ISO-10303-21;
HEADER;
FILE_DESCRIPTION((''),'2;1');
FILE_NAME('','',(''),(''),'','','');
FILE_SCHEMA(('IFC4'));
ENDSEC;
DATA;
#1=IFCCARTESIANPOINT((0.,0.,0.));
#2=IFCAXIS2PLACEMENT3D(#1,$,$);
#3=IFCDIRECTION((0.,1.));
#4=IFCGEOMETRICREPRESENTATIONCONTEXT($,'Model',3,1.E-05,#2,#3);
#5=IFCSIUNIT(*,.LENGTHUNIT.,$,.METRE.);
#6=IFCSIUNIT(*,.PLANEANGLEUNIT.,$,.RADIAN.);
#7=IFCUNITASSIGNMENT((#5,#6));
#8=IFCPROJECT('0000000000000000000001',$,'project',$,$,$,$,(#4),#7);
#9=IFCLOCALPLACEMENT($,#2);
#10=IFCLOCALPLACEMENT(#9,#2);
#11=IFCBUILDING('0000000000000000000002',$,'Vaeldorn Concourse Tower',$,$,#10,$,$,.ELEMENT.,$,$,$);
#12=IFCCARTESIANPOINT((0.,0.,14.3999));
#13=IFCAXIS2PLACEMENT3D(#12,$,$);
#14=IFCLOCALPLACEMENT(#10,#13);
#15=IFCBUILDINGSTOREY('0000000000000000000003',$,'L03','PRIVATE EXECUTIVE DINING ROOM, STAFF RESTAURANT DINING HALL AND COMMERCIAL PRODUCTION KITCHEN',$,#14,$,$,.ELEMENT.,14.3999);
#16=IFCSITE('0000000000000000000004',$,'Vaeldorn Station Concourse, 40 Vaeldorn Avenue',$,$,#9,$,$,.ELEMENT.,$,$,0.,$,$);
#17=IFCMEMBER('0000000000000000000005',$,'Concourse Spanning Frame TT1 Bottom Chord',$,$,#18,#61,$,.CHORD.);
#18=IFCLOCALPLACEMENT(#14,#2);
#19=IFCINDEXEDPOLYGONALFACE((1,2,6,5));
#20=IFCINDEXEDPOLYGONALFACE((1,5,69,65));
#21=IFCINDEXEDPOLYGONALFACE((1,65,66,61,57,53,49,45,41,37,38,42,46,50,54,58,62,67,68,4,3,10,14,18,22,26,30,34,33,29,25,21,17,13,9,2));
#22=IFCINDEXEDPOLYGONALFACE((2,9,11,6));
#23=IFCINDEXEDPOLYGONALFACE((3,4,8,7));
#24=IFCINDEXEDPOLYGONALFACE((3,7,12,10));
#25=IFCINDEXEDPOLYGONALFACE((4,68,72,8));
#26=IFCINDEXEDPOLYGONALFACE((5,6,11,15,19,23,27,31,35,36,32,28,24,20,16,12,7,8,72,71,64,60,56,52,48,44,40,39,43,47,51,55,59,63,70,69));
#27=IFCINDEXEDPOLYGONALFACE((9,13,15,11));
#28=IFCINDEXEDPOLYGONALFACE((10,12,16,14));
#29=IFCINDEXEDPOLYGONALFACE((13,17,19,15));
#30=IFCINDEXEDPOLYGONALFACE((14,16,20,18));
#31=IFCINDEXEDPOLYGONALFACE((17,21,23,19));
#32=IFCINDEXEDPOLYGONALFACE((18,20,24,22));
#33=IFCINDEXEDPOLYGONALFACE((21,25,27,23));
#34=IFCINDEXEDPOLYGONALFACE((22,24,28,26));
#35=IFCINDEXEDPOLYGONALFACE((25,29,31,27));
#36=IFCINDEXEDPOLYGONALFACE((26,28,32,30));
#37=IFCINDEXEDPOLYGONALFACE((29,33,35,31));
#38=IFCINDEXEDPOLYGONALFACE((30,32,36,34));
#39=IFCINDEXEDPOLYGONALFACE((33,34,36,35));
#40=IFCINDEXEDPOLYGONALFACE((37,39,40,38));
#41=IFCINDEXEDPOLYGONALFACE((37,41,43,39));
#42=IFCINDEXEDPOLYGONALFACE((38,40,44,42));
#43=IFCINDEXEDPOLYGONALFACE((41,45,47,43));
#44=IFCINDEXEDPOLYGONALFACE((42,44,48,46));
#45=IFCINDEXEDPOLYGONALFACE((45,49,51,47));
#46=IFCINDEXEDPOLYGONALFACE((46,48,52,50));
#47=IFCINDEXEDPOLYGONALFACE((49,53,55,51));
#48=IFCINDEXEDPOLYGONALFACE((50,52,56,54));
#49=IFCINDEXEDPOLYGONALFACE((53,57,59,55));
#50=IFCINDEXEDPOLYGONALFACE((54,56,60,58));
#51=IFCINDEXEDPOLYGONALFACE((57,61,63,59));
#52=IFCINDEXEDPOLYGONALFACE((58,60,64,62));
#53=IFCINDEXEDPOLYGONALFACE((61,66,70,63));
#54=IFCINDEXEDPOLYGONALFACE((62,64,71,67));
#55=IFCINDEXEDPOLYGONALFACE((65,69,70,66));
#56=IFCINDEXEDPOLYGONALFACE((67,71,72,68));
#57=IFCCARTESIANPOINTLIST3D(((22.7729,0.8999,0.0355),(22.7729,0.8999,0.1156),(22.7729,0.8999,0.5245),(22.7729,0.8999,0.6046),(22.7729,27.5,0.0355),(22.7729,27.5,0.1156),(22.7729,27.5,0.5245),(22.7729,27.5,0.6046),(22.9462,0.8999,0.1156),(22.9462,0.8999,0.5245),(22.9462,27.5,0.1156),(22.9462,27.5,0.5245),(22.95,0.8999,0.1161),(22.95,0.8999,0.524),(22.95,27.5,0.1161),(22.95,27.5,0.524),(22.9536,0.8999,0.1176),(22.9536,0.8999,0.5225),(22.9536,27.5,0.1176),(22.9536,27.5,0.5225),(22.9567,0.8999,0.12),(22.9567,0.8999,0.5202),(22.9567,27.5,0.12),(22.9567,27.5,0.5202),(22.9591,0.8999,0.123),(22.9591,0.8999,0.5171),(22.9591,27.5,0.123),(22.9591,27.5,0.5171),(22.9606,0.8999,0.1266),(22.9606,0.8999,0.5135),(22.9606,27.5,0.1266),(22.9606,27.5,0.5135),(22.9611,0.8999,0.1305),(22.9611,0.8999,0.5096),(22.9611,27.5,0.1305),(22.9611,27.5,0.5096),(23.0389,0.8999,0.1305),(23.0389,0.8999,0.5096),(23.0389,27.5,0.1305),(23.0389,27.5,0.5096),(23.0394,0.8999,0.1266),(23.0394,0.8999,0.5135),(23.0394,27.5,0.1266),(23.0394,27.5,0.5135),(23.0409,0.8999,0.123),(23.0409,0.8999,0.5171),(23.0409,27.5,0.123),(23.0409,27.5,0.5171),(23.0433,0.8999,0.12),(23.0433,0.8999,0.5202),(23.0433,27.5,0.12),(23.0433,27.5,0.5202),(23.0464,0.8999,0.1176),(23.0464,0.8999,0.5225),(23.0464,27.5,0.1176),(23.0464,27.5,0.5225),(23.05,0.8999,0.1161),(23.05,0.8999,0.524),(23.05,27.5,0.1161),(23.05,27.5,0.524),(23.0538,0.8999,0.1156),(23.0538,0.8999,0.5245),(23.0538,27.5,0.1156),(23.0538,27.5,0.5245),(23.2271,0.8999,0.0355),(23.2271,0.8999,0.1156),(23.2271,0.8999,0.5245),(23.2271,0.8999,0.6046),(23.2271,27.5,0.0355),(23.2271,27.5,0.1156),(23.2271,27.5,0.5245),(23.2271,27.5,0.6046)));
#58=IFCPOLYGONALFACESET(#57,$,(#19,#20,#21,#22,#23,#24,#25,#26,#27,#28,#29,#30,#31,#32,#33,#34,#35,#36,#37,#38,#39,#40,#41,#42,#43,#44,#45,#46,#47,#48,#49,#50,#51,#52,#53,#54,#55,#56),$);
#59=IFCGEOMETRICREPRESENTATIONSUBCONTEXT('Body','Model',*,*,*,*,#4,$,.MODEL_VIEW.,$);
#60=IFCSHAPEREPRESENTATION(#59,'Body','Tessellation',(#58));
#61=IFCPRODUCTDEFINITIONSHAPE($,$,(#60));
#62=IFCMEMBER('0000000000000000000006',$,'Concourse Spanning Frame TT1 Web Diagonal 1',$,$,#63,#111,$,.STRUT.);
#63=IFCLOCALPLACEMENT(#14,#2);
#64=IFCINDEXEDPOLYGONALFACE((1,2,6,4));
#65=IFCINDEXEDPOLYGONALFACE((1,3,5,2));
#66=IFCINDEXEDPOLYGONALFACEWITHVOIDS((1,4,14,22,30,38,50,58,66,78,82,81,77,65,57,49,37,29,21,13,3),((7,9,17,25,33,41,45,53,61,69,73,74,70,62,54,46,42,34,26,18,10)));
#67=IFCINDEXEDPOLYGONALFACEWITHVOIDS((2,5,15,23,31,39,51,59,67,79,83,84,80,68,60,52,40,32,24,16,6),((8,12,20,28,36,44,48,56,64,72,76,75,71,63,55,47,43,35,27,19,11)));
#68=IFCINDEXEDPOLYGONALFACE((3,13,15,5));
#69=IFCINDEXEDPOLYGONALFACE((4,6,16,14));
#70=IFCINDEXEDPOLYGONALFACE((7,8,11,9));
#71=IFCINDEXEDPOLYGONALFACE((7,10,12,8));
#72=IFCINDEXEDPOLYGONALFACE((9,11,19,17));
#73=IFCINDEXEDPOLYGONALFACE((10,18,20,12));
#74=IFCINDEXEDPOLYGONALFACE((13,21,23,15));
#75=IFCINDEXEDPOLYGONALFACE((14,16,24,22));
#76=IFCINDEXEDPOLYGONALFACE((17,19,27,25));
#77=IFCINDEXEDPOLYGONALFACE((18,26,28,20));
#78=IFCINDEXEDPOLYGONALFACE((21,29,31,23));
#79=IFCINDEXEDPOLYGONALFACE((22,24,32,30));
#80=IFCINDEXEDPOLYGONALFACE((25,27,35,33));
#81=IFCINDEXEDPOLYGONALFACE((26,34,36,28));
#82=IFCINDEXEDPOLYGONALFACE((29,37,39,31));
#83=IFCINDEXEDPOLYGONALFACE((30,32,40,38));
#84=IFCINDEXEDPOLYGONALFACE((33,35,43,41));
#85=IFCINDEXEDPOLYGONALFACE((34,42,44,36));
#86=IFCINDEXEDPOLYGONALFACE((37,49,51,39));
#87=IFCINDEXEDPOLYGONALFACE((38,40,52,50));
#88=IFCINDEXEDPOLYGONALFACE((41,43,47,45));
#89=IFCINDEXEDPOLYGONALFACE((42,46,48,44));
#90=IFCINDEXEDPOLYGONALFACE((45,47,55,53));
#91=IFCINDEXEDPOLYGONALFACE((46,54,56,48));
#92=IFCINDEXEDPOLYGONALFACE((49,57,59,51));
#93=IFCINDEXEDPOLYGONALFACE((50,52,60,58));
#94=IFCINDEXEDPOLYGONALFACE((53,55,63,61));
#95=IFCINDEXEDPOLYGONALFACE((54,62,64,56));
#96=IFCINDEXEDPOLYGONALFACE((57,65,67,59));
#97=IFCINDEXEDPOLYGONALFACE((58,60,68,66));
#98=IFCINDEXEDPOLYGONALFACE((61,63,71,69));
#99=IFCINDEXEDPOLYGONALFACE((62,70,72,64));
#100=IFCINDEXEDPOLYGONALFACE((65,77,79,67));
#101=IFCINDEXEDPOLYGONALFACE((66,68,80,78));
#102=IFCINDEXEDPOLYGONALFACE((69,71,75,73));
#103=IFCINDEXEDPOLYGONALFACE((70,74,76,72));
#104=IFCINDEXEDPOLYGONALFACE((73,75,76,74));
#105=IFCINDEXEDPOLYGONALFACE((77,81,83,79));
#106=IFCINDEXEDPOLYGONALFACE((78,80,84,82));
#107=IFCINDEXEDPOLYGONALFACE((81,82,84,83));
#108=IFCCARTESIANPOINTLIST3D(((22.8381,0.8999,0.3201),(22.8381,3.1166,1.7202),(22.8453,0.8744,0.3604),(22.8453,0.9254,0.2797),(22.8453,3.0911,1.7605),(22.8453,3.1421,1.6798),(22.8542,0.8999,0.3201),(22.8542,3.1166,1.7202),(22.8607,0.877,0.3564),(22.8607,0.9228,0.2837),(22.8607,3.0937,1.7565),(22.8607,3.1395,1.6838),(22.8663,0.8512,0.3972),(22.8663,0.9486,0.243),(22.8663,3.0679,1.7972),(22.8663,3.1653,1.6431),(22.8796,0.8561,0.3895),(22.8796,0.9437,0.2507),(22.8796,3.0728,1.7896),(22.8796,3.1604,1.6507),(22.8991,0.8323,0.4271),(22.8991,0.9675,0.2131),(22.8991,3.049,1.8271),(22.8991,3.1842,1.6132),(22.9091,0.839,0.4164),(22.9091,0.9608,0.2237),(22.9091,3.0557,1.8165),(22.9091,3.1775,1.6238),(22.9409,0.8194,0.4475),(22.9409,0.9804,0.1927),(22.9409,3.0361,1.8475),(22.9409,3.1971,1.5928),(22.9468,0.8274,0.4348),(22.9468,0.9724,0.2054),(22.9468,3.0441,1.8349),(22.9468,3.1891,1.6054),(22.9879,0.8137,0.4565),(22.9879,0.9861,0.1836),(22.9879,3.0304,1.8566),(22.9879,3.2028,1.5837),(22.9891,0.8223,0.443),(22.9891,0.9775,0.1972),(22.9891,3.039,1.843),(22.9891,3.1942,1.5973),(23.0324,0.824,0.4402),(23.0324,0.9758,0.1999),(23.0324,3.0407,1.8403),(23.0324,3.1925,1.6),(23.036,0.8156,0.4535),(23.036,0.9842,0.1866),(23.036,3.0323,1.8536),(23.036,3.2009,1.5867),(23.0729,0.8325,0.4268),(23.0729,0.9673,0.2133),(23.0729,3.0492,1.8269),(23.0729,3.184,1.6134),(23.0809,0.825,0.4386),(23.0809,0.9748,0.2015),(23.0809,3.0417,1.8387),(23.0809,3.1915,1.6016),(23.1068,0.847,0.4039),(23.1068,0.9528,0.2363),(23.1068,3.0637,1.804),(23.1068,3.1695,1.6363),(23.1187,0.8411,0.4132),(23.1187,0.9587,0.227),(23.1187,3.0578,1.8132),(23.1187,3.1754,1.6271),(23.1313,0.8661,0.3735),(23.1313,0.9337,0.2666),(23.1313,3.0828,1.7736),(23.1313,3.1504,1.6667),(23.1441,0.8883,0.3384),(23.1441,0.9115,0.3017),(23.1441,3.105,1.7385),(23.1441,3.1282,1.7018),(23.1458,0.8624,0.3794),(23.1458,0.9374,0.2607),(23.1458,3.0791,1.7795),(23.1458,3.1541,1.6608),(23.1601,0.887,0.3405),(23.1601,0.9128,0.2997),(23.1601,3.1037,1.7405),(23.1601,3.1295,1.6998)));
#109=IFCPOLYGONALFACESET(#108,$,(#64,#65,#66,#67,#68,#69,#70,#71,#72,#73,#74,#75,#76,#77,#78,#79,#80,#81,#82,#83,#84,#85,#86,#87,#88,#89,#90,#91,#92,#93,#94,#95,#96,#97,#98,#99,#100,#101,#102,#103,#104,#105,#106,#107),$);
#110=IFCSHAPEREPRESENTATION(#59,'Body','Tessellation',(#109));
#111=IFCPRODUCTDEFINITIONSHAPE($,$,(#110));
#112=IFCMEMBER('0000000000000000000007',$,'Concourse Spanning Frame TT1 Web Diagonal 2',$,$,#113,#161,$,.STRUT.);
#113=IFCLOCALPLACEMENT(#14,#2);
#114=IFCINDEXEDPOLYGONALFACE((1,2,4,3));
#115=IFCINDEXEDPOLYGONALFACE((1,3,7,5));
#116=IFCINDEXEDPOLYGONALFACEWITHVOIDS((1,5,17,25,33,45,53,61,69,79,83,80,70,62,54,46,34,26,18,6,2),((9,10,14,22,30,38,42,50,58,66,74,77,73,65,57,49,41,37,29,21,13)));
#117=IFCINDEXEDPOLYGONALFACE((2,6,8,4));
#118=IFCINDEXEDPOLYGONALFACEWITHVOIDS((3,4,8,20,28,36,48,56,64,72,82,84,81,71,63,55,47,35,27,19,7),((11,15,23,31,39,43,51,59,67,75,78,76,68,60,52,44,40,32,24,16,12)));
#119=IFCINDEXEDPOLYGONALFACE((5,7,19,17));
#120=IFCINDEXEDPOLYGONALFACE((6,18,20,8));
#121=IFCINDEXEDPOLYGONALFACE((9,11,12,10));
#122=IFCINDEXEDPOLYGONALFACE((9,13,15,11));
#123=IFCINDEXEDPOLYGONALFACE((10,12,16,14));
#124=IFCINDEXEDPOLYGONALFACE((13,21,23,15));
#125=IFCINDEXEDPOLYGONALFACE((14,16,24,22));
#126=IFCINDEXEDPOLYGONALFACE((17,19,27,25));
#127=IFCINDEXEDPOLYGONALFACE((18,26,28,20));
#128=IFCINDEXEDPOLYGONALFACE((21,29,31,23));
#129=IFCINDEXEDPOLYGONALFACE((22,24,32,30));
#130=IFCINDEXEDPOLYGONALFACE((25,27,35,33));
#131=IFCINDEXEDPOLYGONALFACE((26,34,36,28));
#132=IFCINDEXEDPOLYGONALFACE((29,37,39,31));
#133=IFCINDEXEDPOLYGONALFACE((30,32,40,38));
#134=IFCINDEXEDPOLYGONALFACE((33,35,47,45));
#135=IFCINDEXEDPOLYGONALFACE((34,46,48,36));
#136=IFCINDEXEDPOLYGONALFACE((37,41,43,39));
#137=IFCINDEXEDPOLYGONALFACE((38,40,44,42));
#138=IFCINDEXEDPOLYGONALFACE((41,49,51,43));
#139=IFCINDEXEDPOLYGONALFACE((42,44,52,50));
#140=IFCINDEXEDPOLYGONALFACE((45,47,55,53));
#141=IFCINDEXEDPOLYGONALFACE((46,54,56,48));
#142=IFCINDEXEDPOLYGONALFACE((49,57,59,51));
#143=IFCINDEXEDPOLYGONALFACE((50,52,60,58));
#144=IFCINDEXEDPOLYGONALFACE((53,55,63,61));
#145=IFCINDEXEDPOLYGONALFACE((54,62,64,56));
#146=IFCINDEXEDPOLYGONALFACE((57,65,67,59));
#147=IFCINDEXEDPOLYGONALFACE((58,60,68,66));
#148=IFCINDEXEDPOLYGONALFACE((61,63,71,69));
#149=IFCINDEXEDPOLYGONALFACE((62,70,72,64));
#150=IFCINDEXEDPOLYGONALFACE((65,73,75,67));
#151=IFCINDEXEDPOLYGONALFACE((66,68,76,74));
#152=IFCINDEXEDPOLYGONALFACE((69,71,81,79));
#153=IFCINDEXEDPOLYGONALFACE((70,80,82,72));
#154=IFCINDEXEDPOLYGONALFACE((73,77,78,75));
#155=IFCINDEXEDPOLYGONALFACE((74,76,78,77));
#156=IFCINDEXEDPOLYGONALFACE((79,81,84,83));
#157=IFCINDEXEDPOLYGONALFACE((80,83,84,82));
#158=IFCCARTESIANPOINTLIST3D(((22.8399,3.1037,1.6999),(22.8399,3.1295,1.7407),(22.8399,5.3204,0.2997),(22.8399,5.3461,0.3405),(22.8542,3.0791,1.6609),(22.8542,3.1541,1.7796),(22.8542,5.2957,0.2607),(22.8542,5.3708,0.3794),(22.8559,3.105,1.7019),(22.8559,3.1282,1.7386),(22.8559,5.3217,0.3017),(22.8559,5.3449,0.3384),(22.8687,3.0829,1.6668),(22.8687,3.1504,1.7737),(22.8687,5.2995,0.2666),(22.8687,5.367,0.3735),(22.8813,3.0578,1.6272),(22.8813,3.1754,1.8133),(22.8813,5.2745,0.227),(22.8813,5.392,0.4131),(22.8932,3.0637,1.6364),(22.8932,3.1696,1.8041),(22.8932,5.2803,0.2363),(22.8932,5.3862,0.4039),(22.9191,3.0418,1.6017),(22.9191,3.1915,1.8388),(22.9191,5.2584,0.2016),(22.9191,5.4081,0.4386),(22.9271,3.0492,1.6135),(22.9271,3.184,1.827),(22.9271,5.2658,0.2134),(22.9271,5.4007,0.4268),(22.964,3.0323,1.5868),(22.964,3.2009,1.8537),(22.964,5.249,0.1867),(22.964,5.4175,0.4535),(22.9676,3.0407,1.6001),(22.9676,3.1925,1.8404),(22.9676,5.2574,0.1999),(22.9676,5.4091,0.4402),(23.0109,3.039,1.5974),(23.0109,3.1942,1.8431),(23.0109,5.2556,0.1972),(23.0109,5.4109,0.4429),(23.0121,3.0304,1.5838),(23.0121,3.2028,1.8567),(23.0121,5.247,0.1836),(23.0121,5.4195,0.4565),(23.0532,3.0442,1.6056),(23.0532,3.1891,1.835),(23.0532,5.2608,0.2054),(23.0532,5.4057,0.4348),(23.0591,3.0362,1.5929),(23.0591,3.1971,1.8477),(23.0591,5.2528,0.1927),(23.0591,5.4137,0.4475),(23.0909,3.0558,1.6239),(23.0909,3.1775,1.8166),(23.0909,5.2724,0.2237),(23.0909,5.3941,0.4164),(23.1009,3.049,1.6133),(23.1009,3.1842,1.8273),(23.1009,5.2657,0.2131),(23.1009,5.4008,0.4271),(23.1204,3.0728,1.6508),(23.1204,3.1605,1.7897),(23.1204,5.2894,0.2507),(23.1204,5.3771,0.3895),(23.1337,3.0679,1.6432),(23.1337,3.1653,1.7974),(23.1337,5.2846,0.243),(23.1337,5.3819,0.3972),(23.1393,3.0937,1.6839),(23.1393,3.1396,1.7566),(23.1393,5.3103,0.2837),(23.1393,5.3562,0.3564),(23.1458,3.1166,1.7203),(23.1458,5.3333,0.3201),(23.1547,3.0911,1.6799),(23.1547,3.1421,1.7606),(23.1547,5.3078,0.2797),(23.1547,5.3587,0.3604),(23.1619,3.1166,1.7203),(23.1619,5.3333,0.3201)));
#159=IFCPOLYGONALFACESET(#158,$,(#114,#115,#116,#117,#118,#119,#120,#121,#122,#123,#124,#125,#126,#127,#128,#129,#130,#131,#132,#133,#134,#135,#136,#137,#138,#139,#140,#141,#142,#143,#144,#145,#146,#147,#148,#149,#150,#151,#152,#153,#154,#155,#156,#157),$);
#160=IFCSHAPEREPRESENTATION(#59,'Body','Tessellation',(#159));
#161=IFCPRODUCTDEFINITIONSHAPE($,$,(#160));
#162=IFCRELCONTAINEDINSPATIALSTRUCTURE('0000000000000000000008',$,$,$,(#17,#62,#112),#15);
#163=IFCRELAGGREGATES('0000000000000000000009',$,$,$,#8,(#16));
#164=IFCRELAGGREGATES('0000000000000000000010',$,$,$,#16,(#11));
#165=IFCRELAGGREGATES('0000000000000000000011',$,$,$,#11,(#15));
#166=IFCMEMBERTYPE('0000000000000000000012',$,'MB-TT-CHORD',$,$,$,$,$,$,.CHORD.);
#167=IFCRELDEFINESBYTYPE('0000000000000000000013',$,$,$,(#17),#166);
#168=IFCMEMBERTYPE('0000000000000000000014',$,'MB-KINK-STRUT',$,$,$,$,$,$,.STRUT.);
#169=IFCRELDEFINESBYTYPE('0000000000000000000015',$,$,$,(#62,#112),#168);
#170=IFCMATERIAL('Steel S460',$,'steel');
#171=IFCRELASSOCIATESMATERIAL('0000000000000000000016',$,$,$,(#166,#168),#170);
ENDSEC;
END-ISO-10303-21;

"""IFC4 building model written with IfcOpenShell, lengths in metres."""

from ifc_helpers import new_model, si_unit, direction, frame, origin, origin_2d, place, context, subcontext, project, spatial, hollow_circle, i_section, extrude, source, transform, mapped, material, material_profile, profile_set, type_object, element, save


model = new_model("IFC4")

# Units and contexts
model_context = context("Model", 3, precision=1e-05, world=origin(), true_north=direction((0.0, 1.0)))
body_context = subcontext(model_context, "Body", "Model", "MODEL_VIEW")
ifc_project = project(units=[si_unit("LENGTHUNIT", "METRE"), si_unit("PLANEANGLEUNIT", "RADIAN")], contexts=[model_context])

# Site, building, storey
site_placement = place(None, origin())
site = spatial("IfcSite", under=ifc_project, at=site_placement, Name="Vaeldorn Station Concourse, 40 Vaeldorn Avenue", CompositionType="ELEMENT", RefElevation=0.0)
building_placement = place(site_placement, origin())
building = spatial("IfcBuilding", under=site, at=building_placement, Name="Vaeldorn Concourse Tower", CompositionType="ELEMENT")
storey_placement = place(building_placement, frame((0.0, 0.0, 14.3999)))
storey = spatial("IfcBuildingStorey", under=building, at=storey_placement, Name="L03", Description="PRIVATE EXECUTIVE DINING ROOM, STAFF RESTAURANT DINING HALL AND COMMERCIAL PRODUCTION KITCHEN", CompositionType="ELEMENT", Elevation=14.3999)

# Shared definitions
ifc_material_1 = material(Name="Steel S460", Category="steel")

# Members
ifc_material_profile_1 = material_profile(ifc_material_1, i_section(OverallWidth=0.4541, OverallDepth=0.5691, WebThickness=0.0779, FlangeThickness=0.0801, FilletRadius=0.0149, at=origin_2d()), Name="HD 400x1086")
ifc_profile_set_1 = profile_set([ifc_material_profile_1], Name="Steel S460")
member_type_1 = type_object("IfcMemberType", Name="MB-TT-CHORD", PredefinedType="CHORD", material=ifc_profile_set_1)
shared_shape_1 = source(origin(), body_context, "Body", "SweptSolid", [
    extrude(i_section(OverallWidth=0.4541, OverallDepth=0.5691, WebThickness=0.0779, FlangeThickness=0.0801, FilletRadius=0.0149, at=origin_2d()), origin(), (0.0, 0.0, 1.0), 26.6001),
])
member_1_placement = place(storey_placement, frame((23.0, 0.8999, 0.3201), z_axis=(0.0, 1.0, 0.0), x_axis=(-1.0, 0.0, 0.0)))
element("IfcMember", 1, at=member_1_placement, inside=storey, type_object=member_type_1, Name="Concourse Spanning Frame TT1 Bottom Chord", PredefinedType="CHORD", context=body_context, shape_type="MappedRepresentation", body=[
    mapped(shared_shape_1, transform((0.0, 0.0, 0.0), scale=1.0)),
])
ifc_material_profile_2 = material_profile(ifc_material_1, hollow_circle(Radius=0.1619, WallThickness=0.0161, at=origin_2d()), Name="CHS 323.9x16")
ifc_profile_set_2 = profile_set([ifc_material_profile_2], Name="Steel S460")
member_type_2 = type_object("IfcMemberType", Name="MB-KINK-STRUT", PredefinedType="STRUT", material=ifc_profile_set_2)
shared_shape_2 = source(origin(), body_context, "Body", "SweptSolid", [
    extrude(hollow_circle(Radius=0.1619, WallThickness=0.0161, at=origin_2d()), origin(), (0.0, 0.0, 1.0), 2.6218),
])
for number, where, z_axis, x_axis, name in (
    (2, (23.0, 0.8999, 0.3201), (0.0, 0.845478, 0.534011), (-1.0, 0.0, 0.0), "Concourse Spanning Frame TT1 Web Diagonal 1"),
    (3, (23.0, 5.3333, 0.3201), (0.0, -0.845451, 0.534053), (1.0, 0.0, 0.0), "Concourse Spanning Frame TT1 Web Diagonal 2"),
):
    element("IfcMember", number, at=place(storey_placement, frame(where, z_axis=z_axis, x_axis=x_axis)), inside=storey, type_object=member_type_2, Name=name, PredefinedType="STRUT", context=body_context, shape_type="MappedRepresentation", body=[
        mapped(shared_shape_2, transform((0.0, 0.0, 0.0), scale=1.0)),
    ])

save(model, "model.ifc")
